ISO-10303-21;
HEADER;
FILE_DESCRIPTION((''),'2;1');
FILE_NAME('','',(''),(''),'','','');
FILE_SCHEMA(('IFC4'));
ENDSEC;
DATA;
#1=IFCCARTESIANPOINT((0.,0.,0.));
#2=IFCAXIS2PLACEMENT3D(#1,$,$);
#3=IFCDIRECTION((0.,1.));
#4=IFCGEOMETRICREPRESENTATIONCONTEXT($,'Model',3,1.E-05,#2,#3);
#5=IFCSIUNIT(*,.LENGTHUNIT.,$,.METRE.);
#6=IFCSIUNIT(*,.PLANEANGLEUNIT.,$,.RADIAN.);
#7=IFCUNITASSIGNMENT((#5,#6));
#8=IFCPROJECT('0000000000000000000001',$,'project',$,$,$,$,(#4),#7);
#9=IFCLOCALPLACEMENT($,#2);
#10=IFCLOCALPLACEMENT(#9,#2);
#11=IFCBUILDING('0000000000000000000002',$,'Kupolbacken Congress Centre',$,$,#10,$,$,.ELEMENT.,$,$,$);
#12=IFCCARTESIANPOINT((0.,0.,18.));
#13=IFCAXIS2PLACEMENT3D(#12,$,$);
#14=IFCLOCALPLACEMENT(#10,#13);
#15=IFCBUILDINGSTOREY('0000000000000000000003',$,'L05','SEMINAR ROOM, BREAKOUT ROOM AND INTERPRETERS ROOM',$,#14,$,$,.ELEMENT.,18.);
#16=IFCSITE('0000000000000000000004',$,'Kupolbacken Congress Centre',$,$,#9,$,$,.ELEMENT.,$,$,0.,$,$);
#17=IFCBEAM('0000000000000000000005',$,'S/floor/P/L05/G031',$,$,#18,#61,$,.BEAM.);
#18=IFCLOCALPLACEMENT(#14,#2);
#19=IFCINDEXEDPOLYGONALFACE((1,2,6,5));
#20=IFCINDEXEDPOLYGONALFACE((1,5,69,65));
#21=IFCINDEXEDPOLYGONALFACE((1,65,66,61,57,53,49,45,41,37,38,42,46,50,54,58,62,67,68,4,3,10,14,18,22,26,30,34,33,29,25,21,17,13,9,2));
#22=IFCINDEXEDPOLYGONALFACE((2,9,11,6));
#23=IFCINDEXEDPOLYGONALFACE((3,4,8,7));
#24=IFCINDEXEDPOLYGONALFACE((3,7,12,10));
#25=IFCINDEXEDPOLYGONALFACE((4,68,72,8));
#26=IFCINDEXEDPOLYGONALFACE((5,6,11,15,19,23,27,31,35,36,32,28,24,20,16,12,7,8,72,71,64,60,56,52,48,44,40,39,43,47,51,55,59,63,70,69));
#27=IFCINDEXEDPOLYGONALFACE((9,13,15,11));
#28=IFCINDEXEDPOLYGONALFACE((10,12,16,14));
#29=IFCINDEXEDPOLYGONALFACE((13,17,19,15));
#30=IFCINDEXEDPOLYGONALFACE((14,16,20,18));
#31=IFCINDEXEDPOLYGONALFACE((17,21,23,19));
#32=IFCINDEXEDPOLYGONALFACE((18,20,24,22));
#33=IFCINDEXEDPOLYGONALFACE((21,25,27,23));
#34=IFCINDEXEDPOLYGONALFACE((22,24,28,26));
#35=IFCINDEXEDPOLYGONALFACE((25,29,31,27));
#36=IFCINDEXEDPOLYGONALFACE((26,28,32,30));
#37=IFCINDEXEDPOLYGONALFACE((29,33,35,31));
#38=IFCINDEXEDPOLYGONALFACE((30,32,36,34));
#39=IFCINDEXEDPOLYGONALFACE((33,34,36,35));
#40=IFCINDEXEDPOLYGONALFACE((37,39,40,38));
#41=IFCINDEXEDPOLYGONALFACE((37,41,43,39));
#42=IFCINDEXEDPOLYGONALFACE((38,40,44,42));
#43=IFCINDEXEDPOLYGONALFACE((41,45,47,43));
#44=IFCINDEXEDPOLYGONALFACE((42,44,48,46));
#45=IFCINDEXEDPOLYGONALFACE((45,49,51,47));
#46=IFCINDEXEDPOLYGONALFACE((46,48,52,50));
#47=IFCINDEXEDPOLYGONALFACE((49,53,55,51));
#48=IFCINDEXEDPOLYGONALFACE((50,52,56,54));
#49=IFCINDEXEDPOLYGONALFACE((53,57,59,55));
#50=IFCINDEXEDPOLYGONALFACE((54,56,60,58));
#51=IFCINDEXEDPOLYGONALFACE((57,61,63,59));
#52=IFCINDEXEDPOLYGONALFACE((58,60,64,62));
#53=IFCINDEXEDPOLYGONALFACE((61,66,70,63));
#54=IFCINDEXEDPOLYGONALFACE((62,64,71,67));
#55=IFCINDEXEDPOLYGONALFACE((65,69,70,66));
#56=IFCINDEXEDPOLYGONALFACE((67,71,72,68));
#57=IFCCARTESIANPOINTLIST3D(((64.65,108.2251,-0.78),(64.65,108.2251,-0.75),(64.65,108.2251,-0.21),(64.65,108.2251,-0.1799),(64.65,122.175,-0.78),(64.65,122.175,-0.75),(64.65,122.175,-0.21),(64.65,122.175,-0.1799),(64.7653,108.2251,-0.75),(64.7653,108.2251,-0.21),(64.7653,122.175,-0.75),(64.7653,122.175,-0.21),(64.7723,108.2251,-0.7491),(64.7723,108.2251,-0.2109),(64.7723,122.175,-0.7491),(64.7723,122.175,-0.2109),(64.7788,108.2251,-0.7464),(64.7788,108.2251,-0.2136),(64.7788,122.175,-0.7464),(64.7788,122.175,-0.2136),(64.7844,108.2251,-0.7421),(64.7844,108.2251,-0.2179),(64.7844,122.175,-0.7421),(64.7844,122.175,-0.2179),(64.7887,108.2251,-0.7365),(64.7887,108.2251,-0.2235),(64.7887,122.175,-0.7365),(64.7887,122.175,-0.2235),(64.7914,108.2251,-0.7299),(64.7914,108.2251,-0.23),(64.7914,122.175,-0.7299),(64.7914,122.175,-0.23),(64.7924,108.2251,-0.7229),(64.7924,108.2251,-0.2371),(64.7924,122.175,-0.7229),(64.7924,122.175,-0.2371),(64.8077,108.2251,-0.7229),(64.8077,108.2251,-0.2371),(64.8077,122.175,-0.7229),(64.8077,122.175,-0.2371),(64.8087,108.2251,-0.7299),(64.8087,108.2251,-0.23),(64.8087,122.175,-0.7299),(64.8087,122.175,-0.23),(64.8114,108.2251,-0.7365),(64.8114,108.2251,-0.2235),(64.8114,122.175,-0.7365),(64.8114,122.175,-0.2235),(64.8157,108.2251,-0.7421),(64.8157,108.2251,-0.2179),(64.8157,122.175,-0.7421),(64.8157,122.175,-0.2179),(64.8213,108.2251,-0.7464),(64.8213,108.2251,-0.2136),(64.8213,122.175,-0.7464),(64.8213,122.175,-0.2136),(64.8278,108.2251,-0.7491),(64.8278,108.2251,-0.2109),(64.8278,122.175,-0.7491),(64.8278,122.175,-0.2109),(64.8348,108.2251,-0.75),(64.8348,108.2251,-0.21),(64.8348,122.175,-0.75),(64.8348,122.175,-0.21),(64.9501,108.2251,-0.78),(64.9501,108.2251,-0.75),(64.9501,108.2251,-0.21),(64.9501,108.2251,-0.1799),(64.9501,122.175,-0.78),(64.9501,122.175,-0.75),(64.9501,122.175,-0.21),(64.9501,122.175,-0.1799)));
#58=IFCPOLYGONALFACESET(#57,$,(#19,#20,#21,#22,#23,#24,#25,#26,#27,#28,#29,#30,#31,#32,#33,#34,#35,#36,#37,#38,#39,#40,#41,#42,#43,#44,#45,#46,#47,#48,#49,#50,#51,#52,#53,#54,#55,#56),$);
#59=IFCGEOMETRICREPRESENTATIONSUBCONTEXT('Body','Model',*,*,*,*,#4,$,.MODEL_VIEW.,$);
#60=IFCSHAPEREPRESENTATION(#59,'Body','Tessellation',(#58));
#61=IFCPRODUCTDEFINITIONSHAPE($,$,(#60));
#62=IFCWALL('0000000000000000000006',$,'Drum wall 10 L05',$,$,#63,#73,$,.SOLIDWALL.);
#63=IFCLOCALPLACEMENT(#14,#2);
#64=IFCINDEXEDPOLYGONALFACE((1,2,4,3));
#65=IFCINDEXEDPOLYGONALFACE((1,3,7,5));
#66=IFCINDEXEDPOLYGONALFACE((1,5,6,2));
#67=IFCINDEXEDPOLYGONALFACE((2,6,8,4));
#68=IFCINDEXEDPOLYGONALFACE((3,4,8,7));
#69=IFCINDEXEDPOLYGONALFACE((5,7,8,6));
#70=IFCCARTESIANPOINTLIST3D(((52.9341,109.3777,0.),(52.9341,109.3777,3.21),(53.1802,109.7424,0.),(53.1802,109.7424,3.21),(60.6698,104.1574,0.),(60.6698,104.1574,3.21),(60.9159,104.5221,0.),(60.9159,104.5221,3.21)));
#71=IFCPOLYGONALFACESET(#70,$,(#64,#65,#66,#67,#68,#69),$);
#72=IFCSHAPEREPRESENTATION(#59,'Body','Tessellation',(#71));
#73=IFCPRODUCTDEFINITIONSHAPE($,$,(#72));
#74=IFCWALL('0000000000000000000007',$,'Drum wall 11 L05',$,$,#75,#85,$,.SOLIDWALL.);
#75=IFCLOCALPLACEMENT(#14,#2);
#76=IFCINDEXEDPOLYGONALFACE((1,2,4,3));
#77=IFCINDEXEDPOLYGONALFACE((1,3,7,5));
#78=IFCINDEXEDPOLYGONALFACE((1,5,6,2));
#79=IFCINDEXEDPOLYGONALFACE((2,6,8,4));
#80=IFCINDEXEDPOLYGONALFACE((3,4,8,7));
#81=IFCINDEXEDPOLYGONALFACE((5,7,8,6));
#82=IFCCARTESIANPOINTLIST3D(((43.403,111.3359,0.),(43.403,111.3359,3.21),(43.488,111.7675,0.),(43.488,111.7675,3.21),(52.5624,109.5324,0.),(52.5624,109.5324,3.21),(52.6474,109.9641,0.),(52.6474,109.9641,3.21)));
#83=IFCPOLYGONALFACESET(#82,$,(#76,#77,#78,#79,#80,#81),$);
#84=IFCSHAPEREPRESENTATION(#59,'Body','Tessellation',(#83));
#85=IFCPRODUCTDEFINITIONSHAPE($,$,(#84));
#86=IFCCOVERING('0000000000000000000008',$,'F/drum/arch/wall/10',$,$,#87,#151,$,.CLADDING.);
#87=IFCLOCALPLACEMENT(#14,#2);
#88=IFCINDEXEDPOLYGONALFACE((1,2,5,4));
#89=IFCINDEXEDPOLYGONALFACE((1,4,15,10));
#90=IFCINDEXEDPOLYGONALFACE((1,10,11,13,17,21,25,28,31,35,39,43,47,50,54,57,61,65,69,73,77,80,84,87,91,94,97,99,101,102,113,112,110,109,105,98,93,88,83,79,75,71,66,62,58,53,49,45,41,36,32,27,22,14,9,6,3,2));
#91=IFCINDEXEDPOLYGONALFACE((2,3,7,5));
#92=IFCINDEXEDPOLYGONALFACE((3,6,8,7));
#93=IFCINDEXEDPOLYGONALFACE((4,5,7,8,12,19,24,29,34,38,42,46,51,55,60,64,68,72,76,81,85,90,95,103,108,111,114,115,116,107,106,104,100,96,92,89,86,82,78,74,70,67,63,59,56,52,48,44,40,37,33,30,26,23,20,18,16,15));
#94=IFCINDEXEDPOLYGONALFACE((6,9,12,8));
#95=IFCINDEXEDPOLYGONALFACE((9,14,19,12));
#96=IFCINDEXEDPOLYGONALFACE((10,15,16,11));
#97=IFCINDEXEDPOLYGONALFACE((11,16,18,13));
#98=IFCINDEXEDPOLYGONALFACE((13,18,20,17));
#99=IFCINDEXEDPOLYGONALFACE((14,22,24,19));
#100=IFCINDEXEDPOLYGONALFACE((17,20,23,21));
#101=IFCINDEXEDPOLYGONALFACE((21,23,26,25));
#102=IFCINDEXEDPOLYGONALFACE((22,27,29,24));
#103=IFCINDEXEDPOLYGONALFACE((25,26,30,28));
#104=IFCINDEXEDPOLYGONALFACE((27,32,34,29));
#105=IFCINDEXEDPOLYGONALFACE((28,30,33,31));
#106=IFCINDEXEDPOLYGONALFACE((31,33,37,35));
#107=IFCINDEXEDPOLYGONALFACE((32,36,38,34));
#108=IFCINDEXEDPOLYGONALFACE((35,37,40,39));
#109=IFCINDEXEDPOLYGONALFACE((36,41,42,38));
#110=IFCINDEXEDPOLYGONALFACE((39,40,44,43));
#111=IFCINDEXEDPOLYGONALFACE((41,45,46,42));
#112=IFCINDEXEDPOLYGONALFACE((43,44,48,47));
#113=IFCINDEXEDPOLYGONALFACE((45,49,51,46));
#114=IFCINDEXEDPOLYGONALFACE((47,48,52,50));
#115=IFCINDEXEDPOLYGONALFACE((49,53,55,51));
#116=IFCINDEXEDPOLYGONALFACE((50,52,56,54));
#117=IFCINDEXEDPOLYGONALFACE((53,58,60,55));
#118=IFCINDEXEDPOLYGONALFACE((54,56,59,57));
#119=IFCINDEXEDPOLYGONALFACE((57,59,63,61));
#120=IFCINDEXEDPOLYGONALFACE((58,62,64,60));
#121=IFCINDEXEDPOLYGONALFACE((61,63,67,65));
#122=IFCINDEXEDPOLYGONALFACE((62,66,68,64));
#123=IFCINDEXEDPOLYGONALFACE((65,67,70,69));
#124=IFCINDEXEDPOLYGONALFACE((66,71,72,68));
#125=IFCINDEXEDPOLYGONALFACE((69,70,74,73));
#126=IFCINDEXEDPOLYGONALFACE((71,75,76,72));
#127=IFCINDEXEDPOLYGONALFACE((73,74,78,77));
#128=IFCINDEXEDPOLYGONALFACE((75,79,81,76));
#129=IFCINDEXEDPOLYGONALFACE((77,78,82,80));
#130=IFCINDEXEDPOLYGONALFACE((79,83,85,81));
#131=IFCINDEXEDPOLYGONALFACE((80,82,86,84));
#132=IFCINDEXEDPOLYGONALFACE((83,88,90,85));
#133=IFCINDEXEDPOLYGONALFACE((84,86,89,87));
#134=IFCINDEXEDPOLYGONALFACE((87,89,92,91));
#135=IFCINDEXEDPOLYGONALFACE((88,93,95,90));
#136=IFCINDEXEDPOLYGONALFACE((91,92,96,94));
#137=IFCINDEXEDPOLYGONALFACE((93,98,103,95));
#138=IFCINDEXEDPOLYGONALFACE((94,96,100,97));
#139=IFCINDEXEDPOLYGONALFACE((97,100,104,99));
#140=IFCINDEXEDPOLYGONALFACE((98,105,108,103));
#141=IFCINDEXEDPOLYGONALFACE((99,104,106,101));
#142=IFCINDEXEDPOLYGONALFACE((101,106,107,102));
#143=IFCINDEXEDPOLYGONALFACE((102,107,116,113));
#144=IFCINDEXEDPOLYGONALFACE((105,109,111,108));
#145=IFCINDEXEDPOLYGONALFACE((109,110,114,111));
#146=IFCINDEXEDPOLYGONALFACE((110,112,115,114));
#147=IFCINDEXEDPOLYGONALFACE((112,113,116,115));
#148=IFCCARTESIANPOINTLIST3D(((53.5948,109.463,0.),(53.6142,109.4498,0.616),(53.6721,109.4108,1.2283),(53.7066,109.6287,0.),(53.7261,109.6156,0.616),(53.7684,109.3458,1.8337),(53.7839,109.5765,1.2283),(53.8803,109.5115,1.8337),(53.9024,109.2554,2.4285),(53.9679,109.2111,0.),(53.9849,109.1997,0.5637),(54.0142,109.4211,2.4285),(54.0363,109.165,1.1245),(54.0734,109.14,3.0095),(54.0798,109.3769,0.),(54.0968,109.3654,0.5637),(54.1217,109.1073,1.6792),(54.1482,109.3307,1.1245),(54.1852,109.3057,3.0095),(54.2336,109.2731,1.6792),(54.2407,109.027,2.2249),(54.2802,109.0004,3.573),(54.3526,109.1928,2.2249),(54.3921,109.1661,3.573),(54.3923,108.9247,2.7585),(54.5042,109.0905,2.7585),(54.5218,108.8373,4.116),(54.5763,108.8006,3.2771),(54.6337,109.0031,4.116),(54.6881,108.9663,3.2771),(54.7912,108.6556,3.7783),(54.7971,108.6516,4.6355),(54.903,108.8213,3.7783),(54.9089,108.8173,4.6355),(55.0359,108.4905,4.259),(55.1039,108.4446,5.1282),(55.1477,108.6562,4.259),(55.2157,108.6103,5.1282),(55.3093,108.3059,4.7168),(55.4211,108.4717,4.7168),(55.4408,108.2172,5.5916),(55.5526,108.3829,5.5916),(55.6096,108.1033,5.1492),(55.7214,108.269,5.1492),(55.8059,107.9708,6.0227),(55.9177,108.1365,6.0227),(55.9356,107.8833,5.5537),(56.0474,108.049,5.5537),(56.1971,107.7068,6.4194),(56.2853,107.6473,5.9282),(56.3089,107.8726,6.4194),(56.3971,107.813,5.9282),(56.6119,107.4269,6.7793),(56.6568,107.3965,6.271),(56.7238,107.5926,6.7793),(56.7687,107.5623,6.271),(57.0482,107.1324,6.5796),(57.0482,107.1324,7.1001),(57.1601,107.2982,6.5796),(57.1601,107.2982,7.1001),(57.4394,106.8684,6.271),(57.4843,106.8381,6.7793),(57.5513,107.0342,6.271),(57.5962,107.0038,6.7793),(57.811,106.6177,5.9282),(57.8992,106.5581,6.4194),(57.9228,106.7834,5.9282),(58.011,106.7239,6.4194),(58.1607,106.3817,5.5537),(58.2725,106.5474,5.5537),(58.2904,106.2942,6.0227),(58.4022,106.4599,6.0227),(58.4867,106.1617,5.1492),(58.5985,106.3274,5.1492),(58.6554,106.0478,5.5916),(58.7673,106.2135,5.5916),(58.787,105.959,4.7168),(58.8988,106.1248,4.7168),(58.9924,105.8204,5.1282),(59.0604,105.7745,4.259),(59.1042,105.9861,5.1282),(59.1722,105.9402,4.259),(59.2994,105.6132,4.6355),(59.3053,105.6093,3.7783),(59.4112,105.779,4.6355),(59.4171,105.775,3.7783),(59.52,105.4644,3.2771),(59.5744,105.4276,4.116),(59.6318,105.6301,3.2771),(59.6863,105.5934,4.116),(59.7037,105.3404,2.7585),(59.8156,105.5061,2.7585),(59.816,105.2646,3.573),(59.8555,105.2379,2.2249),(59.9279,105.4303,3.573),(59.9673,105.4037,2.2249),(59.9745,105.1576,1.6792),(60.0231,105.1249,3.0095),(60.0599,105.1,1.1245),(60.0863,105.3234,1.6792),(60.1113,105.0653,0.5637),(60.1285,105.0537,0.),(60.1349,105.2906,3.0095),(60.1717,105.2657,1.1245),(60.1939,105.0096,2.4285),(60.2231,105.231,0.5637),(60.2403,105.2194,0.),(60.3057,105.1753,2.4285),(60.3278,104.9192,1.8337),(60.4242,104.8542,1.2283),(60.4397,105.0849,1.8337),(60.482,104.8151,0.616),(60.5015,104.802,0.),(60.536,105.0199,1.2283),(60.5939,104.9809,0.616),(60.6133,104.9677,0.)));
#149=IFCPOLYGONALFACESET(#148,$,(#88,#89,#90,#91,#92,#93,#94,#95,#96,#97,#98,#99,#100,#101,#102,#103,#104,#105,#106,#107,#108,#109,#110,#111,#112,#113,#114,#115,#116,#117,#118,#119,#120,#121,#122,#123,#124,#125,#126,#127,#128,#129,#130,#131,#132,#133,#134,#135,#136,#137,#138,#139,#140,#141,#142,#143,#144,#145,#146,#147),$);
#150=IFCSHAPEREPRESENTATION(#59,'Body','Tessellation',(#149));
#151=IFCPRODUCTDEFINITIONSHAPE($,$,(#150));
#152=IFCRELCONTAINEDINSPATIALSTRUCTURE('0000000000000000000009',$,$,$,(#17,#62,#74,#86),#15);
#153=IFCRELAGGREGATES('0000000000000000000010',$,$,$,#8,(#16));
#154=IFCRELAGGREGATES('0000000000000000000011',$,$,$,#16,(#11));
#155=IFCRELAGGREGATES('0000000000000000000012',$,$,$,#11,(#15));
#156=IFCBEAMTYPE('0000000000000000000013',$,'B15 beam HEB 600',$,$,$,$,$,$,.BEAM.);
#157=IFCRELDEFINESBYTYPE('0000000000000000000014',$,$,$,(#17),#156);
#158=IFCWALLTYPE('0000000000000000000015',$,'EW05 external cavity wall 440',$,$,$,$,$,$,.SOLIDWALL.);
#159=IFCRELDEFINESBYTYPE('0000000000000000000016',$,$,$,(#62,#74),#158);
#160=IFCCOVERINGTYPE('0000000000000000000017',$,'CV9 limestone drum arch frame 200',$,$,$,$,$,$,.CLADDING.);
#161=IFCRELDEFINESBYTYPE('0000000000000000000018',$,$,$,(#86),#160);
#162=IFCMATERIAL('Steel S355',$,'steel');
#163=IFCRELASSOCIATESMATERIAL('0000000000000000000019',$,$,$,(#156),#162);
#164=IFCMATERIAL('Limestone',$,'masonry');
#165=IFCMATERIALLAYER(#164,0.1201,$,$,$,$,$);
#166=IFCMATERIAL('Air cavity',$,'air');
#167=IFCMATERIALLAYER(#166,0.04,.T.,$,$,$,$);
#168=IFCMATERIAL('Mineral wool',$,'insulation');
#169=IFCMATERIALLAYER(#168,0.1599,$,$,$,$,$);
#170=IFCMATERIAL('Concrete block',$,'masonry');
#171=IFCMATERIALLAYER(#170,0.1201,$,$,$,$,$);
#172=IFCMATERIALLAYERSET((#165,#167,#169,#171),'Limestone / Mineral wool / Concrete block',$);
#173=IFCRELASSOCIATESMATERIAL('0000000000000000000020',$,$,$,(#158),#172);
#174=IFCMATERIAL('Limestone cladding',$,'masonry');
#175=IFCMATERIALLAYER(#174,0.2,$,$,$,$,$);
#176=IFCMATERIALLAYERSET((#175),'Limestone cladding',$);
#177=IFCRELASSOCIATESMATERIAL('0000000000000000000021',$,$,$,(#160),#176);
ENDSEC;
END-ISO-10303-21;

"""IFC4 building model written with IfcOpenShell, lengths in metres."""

from ifc_helpers import new_model, si_unit, direction, frame, frame_2d, origin, origin_2d, place, context, subcontext, project, spatial, polyline, rectangle, i_section, outline, extrude, material, layer, layer_set, material_profile, profile_set, type_object, element, save


model = new_model("IFC4")

# Units and contexts
model_context = context("Model", 3, precision=1e-05, world=origin(), true_north=direction((0.0, 1.0)))
body_context = subcontext(model_context, "Body", "Model", "MODEL_VIEW")
ifc_project = project(units=[si_unit("LENGTHUNIT", "METRE"), si_unit("PLANEANGLEUNIT", "RADIAN")], contexts=[model_context])

# Site, building, storey
site_placement = place(None, origin())
site = spatial("IfcSite", under=ifc_project, at=site_placement, Name="Kupolbacken Congress Centre", CompositionType="ELEMENT", RefElevation=0.0)
building_placement = place(site_placement, origin())
building = spatial("IfcBuilding", under=site, at=building_placement, Name="Kupolbacken Congress Centre", CompositionType="ELEMENT")
storey_placement = place(building_placement, frame((0.0, 0.0, 18.0)))
storey = spatial("IfcBuildingStorey", under=building, at=storey_placement, Name="L05", Description="SEMINAR ROOM, BREAKOUT ROOM AND INTERPRETERS ROOM", CompositionType="ELEMENT", Elevation=18.0)

# Beam
ifc_material_1 = material(Name="Steel S355", Category="steel")
ifc_material_profile_1 = material_profile(ifc_material_1, i_section(OverallWidth=0.3, OverallDepth=0.6001, WebThickness=0.0154, FlangeThickness=0.03, FilletRadius=0.0271, at=origin_2d()), Name="HEB 600")
ifc_profile_set_1 = profile_set([ifc_material_profile_1], Name="Steel S355")
beam_type_1 = type_object("IfcBeamType", Name="B15 beam HEB 600", PredefinedType="BEAM", material=ifc_profile_set_1)
beam_1_placement = place(storey_placement, frame((64.8, 108.2251, -0.48), z_axis=(0.0, 1.0, 0.0), x_axis=(-1.0, 0.0, 0.0)))
element("IfcBeam", 1, at=beam_1_placement, inside=storey, type_object=beam_type_1, Name="S/floor/P/L05/G031", PredefinedType="BEAM", context=body_context, shape_type="SweptSolid", body=[
    extrude(i_section(OverallWidth=0.3, OverallDepth=0.6001, WebThickness=0.0154, FlangeThickness=0.03, FilletRadius=0.0271, at=origin_2d()), origin(), (0.0, 0.0, 1.0), 13.95),
])

# Walls
ifc_material_2 = material(Name="Limestone", Category="masonry")
ifc_layer_1 = layer(ifc_material_2, 0.1201)
ifc_material_3 = material(Name="Air cavity", Category="air")
ifc_layer_2 = layer(ifc_material_3, 0.04, ventilated=True)
ifc_material_4 = material(Name="Mineral wool", Category="insulation")
ifc_layer_3 = layer(ifc_material_4, 0.1599)
ifc_material_5 = material(Name="Concrete block", Category="masonry")
ifc_layer_4 = layer(ifc_material_5, 0.1201)
ifc_layer_set_1 = layer_set([ifc_layer_1, ifc_layer_2, ifc_layer_3, ifc_layer_4], Name="Limestone / Mineral wool / Concrete block")
wall_type = type_object("IfcWallType", Name="EW05 external cavity wall 440", PredefinedType="SOLIDWALL", material=ifc_layer_set_1)
wall_1_placement = place(storey_placement, frame((60.7927, 104.3398, 0.0), z_axis=(0.0, 0.0, 1.0), x_axis=(-0.828914, 0.559376, 0.0)))
element("IfcWall", 2, at=wall_1_placement, inside=storey, type_object=wall_type, Name="Drum wall 10 L05", PredefinedType="SOLIDWALL", context=body_context, shape_type="SweptSolid", body=[
    extrude(rectangle(XDim=9.3323, YDim=0.4399, at=frame_2d((4.666, 0.0))), origin(), (0.0, 0.0, 1.0), 3.21),
])
wall_2_placement = place(storey_placement, frame((52.6047, 109.7483, 0.0), z_axis=(0.0, 0.0, 1.0), x_axis=(-0.981162, 0.193188, 0.0)))
element("IfcWall", 3, at=wall_2_placement, inside=storey, type_object=wall_type, Name="Drum wall 11 L05", PredefinedType="SOLIDWALL", context=body_context, shape_type="SweptSolid", body=[
    extrude(rectangle(XDim=9.3352, YDim=0.4399, at=frame_2d((4.6675, 0.0))), origin(), (0.0, 0.0, 1.0), 3.21),
])

# Covering
ifc_material_6 = material(Name="Limestone cladding", Category="masonry")
ifc_layer_5 = layer(ifc_material_6, 0.2)
ifc_layer_set_2 = layer_set([ifc_layer_5], Name="Limestone cladding")
covering_type = type_object("IfcCoveringType", Name="CV9 limestone drum arch frame 200", PredefinedType="CLADDING", material=ifc_layer_set_2)
covering_1_placement = place(storey_placement, frame((60.5015, 104.802, 0.0), z_axis=(0.559386, 0.828908, 0.0), x_axis=(-0.828908, 0.559386, 0.0)))
element("IfcCovering", 4, at=covering_1_placement, inside=storey, type_object=covering_type, Name="F/drum/arch/wall/10", PredefinedType="CLADDING", context=body_context, shape_type="SweptSolid", body=[
    extrude(outline(polyline([(0.0, 0.0), (0.0234, 0.616), (0.0933, 1.2283), (0.2095, 1.8337), (0.3711, 2.4285), (0.5771, 3.0095), (0.8269, 3.573), (1.1184, 4.116), (1.4502, 4.6355), (1.8206, 5.1282), (2.2271, 5.5916), (2.6675, 6.0227), (3.1394, 6.4194), (3.6399, 6.7793), (4.166, 7.1001), (4.6924, 6.7793), (5.1929, 6.4194), (5.6648, 6.0227), (6.1052, 5.5916), (6.5117, 5.1282), (6.8818, 4.6355), (7.2139, 4.116), (7.5054, 3.573), (7.7549, 3.0095), (7.9612, 2.4285), (8.1228, 1.8337), (8.239, 1.2283), (8.3088, 0.616), (8.3323, 0.0), (7.8821, 0.0), (7.8616, 0.5637), (7.7996, 1.1245), (7.6965, 1.6792), (7.553, 2.2249), (7.3701, 2.7585), (7.1482, 3.2771), (6.8889, 3.7783), (6.5938, 4.259), (6.2639, 4.7168), (5.9016, 5.1492), (5.5083, 5.5537), (5.0864, 5.9282), (4.6382, 6.271), (4.166, 6.5796), (3.6941, 6.271), (3.2458, 5.9282), (2.824, 5.5537), (2.4307, 5.1492), (2.0684, 4.7168), (1.7385, 4.259), (1.4431, 3.7783), (1.1841, 3.2771), (0.9624, 2.7585), (0.7793, 2.2249), (0.6357, 1.6792), (0.5327, 1.1245), (0.4707, 0.5637), (0.45, 0.0), (0.0, 0.0)])), origin(), (0.0, 0.0, 1.0), 0.2),
])

save(model, "model.ifc")
